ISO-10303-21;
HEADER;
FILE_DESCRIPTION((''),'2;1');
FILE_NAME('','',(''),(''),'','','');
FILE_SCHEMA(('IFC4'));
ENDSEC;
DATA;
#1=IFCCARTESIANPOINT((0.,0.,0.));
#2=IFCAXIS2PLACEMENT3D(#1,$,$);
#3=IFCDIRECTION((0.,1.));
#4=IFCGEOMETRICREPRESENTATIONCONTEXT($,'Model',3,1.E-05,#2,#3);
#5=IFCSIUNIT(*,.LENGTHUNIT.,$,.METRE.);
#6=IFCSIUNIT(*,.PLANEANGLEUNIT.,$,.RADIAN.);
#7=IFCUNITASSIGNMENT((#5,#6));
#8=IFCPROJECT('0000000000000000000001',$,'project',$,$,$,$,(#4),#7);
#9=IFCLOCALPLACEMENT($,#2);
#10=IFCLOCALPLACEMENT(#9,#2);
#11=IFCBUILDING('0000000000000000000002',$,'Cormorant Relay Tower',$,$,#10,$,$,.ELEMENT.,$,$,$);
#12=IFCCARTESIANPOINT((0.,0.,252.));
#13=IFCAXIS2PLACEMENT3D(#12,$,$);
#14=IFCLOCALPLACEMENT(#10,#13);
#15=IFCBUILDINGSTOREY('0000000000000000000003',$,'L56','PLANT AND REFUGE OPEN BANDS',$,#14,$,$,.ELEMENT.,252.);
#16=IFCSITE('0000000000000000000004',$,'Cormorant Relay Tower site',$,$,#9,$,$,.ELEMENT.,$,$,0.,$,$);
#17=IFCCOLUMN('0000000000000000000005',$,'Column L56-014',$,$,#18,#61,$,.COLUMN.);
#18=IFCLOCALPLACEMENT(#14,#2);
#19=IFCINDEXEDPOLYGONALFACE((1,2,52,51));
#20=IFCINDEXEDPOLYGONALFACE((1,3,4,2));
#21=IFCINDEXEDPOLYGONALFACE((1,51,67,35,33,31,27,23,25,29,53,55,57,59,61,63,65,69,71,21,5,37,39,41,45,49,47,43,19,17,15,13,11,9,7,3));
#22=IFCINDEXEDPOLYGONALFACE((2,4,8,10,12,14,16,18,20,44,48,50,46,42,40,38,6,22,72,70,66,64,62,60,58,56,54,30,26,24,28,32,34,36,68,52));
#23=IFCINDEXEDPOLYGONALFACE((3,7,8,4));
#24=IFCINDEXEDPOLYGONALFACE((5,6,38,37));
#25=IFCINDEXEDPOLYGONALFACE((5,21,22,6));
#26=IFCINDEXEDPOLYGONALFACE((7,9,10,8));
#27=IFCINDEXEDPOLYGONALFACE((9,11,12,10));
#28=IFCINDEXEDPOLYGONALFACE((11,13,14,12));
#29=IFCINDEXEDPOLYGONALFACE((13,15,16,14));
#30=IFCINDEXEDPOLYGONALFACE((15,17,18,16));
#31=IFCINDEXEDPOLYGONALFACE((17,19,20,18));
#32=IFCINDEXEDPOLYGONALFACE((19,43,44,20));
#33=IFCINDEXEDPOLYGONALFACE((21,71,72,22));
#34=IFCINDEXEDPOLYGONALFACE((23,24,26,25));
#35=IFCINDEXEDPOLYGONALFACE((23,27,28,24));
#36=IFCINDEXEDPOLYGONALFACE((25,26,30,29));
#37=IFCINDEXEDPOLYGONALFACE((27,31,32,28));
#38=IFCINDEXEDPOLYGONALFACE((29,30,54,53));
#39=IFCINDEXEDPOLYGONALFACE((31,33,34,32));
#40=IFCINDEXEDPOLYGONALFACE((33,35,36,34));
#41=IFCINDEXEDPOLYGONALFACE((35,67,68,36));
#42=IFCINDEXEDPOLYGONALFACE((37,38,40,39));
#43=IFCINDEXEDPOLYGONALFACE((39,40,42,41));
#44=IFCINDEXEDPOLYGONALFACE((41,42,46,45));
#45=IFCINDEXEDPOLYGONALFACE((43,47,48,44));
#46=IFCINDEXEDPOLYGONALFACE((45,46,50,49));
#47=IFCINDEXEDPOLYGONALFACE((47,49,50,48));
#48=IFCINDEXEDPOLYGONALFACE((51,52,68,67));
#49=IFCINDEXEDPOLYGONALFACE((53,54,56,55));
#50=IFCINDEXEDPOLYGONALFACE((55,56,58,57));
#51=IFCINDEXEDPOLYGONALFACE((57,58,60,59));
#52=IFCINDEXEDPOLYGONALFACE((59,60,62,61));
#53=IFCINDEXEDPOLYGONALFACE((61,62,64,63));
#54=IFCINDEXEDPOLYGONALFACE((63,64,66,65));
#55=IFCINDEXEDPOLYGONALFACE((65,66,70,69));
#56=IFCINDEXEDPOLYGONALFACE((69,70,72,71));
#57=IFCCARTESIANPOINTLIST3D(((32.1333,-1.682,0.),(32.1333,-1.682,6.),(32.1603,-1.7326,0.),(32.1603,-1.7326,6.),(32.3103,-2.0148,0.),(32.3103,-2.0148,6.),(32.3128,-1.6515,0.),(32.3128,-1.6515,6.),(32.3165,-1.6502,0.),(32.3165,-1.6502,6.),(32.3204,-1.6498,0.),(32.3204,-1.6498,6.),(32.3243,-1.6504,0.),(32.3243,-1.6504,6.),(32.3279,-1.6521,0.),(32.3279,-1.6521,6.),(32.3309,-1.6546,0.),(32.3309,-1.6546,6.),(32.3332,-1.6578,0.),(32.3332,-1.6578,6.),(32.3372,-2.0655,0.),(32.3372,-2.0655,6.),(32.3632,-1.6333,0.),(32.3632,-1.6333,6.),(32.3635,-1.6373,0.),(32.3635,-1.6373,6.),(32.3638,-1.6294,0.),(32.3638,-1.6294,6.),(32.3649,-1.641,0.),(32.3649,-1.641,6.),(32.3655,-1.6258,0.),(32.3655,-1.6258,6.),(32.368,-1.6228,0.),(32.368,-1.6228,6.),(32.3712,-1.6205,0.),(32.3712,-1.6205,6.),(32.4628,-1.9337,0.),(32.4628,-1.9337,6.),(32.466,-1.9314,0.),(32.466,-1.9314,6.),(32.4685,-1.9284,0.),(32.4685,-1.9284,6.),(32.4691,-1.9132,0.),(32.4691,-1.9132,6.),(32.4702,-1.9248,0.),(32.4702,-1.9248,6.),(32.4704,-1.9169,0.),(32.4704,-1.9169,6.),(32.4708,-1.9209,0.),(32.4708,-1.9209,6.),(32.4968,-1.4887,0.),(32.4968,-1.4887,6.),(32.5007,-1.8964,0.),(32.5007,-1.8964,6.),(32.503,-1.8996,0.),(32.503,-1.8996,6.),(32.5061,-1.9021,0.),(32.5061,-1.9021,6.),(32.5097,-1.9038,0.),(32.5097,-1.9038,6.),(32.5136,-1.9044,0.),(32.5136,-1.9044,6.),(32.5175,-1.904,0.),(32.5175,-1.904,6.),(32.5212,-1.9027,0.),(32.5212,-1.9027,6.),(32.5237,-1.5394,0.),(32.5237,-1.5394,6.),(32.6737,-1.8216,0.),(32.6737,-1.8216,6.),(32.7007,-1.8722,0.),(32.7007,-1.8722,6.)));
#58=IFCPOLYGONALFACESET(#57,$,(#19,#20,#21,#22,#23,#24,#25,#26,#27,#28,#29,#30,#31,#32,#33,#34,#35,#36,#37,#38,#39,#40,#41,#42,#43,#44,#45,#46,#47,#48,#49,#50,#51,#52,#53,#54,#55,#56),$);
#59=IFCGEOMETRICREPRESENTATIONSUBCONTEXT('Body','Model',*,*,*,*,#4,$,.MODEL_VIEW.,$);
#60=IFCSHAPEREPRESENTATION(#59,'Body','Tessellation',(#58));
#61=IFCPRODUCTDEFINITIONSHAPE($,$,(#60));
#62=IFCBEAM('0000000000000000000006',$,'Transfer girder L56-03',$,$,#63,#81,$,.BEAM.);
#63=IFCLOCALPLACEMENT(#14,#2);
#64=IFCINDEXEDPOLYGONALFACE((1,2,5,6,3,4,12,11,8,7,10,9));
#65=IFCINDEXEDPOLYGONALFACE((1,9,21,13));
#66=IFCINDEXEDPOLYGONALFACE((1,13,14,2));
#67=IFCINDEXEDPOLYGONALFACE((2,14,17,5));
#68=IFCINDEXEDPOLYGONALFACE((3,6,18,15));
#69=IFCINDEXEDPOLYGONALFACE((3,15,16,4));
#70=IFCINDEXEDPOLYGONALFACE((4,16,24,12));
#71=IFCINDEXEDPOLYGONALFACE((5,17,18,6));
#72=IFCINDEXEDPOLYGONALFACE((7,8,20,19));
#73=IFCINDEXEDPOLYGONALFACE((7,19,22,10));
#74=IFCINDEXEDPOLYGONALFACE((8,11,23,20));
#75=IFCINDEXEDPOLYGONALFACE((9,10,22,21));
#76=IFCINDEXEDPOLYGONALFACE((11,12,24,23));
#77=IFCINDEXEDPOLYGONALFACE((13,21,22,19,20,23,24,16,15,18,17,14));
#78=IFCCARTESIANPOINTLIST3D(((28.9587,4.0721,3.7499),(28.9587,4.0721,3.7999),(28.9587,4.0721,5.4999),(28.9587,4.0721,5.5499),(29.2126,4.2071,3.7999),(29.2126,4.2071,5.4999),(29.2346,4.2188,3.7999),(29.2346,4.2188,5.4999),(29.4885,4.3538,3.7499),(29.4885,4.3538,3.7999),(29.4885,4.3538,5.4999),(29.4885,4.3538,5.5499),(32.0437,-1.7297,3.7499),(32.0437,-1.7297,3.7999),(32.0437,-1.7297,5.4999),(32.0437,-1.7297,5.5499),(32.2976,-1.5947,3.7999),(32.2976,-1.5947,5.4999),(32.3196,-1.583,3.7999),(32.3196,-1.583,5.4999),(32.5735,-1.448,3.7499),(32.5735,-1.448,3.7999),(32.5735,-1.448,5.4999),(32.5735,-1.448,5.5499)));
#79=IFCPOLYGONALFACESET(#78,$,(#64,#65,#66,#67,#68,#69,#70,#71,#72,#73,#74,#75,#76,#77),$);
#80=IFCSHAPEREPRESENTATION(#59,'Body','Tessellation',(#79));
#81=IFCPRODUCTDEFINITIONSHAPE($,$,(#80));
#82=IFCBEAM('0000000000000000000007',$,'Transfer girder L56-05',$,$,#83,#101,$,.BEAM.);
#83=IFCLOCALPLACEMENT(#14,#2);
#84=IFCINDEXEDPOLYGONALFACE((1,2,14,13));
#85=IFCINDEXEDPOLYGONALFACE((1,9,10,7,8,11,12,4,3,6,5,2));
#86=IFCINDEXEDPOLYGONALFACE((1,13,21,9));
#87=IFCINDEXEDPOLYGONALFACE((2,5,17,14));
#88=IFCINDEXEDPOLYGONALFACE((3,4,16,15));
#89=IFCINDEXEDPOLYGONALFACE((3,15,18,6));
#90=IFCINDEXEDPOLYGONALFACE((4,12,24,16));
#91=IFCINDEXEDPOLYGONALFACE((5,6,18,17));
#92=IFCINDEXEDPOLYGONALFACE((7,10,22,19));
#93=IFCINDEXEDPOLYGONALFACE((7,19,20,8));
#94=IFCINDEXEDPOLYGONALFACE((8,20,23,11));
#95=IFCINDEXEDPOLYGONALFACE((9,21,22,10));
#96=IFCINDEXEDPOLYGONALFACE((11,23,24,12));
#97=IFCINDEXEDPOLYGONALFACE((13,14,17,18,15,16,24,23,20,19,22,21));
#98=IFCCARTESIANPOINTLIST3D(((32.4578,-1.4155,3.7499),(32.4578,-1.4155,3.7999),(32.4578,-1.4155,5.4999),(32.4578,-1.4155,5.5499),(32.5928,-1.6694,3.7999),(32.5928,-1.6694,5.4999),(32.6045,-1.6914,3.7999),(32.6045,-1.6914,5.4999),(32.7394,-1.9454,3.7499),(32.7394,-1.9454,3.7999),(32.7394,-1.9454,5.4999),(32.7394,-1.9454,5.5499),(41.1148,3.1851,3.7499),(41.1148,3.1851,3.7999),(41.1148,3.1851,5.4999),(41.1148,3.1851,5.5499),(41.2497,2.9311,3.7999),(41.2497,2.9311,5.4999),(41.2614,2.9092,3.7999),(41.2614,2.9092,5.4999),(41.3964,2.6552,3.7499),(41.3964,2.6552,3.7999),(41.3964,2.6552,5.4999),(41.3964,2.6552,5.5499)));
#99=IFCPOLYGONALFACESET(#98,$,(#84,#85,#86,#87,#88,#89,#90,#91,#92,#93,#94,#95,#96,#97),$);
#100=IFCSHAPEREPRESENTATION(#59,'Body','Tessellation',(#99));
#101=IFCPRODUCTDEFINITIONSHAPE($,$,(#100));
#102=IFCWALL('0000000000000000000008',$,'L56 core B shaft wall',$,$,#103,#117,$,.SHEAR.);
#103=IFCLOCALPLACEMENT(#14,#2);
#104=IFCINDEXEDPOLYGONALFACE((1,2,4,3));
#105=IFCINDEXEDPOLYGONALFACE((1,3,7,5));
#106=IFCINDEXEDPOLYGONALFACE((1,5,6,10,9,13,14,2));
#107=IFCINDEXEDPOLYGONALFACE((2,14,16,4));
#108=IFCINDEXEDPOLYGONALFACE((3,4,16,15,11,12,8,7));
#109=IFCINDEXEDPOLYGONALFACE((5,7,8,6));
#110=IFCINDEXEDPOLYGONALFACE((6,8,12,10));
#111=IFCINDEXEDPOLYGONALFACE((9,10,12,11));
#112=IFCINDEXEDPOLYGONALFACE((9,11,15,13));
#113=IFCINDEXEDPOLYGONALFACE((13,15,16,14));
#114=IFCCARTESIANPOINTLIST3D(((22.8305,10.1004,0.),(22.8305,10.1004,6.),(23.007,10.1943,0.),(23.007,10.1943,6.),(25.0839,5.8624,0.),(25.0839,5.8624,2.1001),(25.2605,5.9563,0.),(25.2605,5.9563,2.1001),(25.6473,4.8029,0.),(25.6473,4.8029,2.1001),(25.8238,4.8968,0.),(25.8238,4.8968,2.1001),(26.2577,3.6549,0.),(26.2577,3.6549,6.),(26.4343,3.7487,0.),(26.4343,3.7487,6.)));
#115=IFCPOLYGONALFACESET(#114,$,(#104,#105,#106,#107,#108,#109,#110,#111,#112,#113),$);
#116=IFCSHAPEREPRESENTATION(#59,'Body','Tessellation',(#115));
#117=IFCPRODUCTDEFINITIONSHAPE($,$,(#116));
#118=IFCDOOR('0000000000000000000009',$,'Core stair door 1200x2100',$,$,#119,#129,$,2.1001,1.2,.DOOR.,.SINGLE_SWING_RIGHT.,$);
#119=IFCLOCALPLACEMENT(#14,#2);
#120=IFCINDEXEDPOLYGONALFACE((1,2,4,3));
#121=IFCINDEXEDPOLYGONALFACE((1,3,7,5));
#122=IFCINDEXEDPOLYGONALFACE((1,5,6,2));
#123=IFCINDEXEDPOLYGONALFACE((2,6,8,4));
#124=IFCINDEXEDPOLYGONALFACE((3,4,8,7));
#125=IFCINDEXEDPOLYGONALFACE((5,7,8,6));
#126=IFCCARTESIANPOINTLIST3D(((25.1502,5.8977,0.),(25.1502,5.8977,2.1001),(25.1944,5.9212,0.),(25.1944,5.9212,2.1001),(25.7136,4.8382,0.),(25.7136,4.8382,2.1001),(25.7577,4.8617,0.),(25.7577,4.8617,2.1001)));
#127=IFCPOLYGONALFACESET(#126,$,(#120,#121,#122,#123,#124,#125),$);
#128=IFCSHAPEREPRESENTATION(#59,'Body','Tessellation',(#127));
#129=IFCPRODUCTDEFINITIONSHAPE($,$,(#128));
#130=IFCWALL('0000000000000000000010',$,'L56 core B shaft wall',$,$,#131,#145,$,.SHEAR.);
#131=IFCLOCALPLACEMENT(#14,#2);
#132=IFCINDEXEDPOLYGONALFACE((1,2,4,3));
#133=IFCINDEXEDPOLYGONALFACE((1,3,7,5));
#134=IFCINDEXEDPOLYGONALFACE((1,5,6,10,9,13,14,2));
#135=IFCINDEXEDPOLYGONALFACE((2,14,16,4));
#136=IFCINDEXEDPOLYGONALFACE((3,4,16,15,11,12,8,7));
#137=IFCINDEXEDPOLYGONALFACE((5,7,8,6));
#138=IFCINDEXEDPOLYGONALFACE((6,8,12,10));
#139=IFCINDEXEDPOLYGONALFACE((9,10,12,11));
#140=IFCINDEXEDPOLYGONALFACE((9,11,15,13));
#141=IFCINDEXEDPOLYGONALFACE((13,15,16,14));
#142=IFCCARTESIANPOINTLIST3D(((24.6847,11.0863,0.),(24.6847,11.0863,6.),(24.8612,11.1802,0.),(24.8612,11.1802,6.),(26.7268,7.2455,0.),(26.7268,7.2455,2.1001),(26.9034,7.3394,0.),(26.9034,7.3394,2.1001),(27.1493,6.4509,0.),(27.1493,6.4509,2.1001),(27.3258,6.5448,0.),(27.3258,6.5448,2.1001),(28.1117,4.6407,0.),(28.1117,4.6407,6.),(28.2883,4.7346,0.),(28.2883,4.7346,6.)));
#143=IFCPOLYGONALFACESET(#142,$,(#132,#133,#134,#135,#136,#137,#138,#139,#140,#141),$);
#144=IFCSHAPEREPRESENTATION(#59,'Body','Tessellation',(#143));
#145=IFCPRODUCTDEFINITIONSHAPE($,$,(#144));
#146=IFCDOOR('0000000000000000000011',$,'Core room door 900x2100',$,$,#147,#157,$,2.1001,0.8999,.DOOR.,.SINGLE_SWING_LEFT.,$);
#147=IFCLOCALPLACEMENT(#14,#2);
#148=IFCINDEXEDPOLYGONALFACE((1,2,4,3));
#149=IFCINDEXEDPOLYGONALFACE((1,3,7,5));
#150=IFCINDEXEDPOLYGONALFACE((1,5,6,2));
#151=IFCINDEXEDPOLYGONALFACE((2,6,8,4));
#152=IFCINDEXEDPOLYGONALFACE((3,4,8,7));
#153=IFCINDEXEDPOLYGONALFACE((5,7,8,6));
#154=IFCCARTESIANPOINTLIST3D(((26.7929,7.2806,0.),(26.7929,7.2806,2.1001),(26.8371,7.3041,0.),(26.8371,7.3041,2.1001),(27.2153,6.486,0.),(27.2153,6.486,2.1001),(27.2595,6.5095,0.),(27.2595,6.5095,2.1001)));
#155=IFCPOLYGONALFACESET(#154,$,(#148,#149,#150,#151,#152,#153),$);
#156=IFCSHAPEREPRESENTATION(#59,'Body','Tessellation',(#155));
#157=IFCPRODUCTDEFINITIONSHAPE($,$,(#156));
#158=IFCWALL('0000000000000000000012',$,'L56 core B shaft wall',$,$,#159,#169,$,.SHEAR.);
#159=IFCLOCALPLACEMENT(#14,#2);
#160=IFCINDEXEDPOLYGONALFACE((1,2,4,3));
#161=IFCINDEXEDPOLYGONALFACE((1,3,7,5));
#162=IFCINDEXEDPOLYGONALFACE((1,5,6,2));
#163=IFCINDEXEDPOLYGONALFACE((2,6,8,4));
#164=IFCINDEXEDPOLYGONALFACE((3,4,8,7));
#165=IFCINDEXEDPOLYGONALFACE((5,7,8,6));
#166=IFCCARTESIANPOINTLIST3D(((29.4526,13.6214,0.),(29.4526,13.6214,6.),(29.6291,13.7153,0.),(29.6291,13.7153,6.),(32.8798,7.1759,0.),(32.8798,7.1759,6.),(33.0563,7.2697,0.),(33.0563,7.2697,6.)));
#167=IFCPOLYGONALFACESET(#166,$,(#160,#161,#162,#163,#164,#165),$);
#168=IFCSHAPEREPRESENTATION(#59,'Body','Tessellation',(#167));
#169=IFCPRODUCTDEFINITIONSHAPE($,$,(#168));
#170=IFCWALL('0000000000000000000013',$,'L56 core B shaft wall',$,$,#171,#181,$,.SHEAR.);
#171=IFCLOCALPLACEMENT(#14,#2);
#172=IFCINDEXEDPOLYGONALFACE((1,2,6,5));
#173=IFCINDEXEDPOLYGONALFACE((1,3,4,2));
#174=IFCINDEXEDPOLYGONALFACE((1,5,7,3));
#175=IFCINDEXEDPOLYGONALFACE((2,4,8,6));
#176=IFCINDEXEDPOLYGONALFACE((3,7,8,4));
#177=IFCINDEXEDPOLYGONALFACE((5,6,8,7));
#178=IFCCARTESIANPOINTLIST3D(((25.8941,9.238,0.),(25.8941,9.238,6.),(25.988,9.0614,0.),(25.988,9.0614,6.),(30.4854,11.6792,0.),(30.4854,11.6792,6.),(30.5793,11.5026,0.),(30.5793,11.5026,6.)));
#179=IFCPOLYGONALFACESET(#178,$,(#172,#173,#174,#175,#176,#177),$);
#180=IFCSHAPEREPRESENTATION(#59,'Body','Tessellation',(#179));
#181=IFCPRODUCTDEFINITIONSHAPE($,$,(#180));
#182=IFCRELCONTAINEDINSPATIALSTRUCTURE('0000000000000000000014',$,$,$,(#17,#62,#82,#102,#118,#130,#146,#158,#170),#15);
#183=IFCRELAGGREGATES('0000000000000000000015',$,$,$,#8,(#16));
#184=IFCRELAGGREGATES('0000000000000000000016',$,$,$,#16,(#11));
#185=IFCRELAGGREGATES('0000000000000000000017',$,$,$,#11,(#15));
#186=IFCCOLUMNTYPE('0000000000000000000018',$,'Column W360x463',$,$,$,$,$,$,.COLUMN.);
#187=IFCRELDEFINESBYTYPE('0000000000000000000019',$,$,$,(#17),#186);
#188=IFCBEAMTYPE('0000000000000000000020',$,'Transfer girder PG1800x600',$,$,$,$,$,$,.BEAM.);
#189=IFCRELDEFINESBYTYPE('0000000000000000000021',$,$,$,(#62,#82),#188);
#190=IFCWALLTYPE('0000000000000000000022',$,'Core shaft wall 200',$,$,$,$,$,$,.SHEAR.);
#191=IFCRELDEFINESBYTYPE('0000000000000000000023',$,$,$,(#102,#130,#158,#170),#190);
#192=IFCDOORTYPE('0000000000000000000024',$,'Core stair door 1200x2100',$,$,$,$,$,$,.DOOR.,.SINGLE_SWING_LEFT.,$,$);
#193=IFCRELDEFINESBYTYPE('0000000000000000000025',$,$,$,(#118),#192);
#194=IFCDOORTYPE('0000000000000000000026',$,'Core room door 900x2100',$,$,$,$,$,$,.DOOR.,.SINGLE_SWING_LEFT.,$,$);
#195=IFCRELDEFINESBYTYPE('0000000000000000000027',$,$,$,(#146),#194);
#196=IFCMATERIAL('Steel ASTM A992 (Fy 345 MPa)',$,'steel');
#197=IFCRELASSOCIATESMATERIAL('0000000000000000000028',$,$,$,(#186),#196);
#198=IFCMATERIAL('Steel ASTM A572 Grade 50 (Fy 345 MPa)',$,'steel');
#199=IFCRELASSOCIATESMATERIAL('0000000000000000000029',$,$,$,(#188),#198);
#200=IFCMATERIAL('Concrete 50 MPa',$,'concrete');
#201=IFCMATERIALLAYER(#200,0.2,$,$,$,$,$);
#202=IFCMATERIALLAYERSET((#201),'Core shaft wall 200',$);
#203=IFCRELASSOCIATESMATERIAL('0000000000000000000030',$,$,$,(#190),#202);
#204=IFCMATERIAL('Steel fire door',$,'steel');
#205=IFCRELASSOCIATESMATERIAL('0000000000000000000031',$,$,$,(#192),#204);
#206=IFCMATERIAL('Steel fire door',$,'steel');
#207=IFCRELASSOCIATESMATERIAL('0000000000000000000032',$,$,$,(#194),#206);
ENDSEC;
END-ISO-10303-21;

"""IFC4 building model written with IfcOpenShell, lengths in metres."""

from ifc_helpers import new_model, si_unit, direction, frame, frame_2d, origin, origin_2d, place, context, subcontext, project, spatial, rectangle, i_section, extrude, material, layer, layer_set, material_profile, profile_set, type_object, element, fill, save


model = new_model("IFC4")

# Units and contexts
model_context = context("Model", 3, precision=1e-05, world=origin(), true_north=direction((0.0, 1.0)))
body_context = subcontext(model_context, "Body", "Model", "MODEL_VIEW")
ifc_project = project(units=[si_unit("LENGTHUNIT", "METRE"), si_unit("PLANEANGLEUNIT", "RADIAN")], contexts=[model_context])

# Site, building, storey
site_placement = place(None, origin())
site = spatial("IfcSite", under=ifc_project, at=site_placement, Name="Cormorant Relay Tower site", CompositionType="ELEMENT", RefElevation=0.0)
building_placement = place(site_placement, origin())
building = spatial("IfcBuilding", under=site, at=building_placement, Name="Cormorant Relay Tower", CompositionType="ELEMENT")
storey_placement = place(building_placement, frame((0.0, 0.0, 252.0)))
storey = spatial("IfcBuildingStorey", under=building, at=storey_placement, Name="L56", Description="PLANT AND REFUGE OPEN BANDS", CompositionType="ELEMENT", Elevation=252.0)

# Column
ifc_material_1 = material(Name="Steel ASTM A992 (Fy 345 MPa)", Category="steel")
ifc_material_profile_1 = material_profile(ifc_material_1, i_section(OverallWidth=0.4116, OverallDepth=0.4343, WebThickness=0.0359, FlangeThickness=0.0574, FilletRadius=0.0151, at=origin_2d()), Name="W360x463")
ifc_profile_set_1 = profile_set([ifc_material_profile_1], Name="Steel ASTM A992 (Fy 345 MPa)")
column_type = type_object("IfcColumnType", Name="Column W360x463", PredefinedType="COLUMN", material=ifc_profile_set_1)
column_placement = place(storey_placement, frame((32.417, -1.7771, 0.0), z_axis=(0.0, 0.0, 1.0), x_axis=(0.882948, 0.469472, 0.0)))
element("IfcColumn", 1, at=column_placement, inside=storey, type_object=column_type, Name="Column L56-014", PredefinedType="COLUMN", context=body_context, shape_type="SweptSolid", body=[
    extrude(i_section(OverallWidth=0.4116, OverallDepth=0.4343, WebThickness=0.0359, FlangeThickness=0.0574, FilletRadius=0.0151, at=origin_2d()), origin(), (0.0, 0.0, 1.0), 6.0),
])

# Beams
ifc_material_2 = material(Name="Steel ASTM A572 Grade 50 (Fy 345 MPa)", Category="steel")
ifc_material_profile_2 = material_profile(ifc_material_2, i_section(OverallWidth=0.6001, OverallDepth=1.8, WebThickness=0.0249, FlangeThickness=0.05, at=origin_2d()), Name="PG1800x600")
ifc_profile_set_2 = profile_set([ifc_material_profile_2], Name="Steel ASTM A572 Grade 50 (Fy 345 MPa)")
beam_type = type_object("IfcBeamType", Name="Transfer girder PG1800x600", PredefinedType="BEAM", material=ifc_profile_set_2)
beam_1_placement = place(storey_placement, frame((32.3086, -1.5889, 4.6499), z_axis=(-0.469485, 0.882941, 0.0), x_axis=(-0.882941, -0.469485, 0.0)))
element("IfcBeam", 2, at=beam_1_placement, inside=storey, type_object=beam_type, Name="Transfer girder L56-03", PredefinedType="BEAM", context=body_context, shape_type="SweptSolid", body=[
    extrude(i_section(OverallWidth=0.6001, OverallDepth=1.8, WebThickness=0.0249, FlangeThickness=0.05, at=origin_2d()), origin(), (0.0, 0.0, 1.0), 6.571),
])
beam_2_placement = place(storey_placement, frame((32.5986, -1.6804, 4.6499), z_axis=(0.88305, 0.46928, 0.0), x_axis=(-0.46928, 0.88305, 0.0)))
element("IfcBeam", 3, at=beam_2_placement, inside=storey, type_object=beam_type, Name="Transfer girder L56-05", PredefinedType="BEAM", context=body_context, shape_type="SweptSolid", body=[
    extrude(i_section(OverallWidth=0.6001, OverallDepth=1.8, WebThickness=0.0249, FlangeThickness=0.05, at=origin_2d()), origin(), (0.0, 0.0, 1.0), 9.8035),
])

# Walls, openings, doors
ifc_material_3 = material(Name="Concrete 50 MPa", Category="concrete")
ifc_layer_1 = layer(ifc_material_3, 0.2)
ifc_layer_set_1 = layer_set([ifc_layer_1], Name="Core shaft wall 200")
wall_type_1 = type_object("IfcWallType", Name="Core shaft wall 200", PredefinedType="SHEAR", material=ifc_layer_set_1)
wall_1_placement = place(storey_placement, frame((26.3459, 3.7019, 0.0), z_axis=(0.0, 0.0, 1.0), x_axis=(-0.46948, 0.882943, 0.0)))
wall_1 = element("IfcWall", 4, at=wall_1_placement, inside=storey, type_object=wall_type_1, Name="L56 core B shaft wall", PredefinedType="SHEAR", context=body_context, shape_type="SweptSolid", body=[
    extrude(rectangle(XDim=7.3, YDim=0.2, at=frame_2d((3.6499, 0.0))), origin(), (0.0, 0.0, 1.0), 6.0),
])
opening_1_placement = place(wall_1_placement, frame((1.3, 0.0, 0.0)))
opening_1 = element("IfcOpeningElement", 5, at=opening_1_placement, cuts=wall_1, PredefinedType="OPENING", context=body_context, shape_type="SweptSolid", body=[
    extrude(rectangle(XDim=1.2, YDim=2.1001, at=frame_2d((0.6001, 1.05))), frame((0.0, 0.1099, 0.0), z_axis=(0.0, -1.0, 0.0), x_axis=(1.0, 0.0, 0.0)), (0.0, 0.0, 1.0), 0.22),
])
ifc_material_4 = material(Name="Steel fire door", Category="steel")
door_type_1 = type_object("IfcDoorType", Name="Core stair door 1200x2100", OperationType="SINGLE_SWING_LEFT", PredefinedType="DOOR", material=ifc_material_4)
door_1_placement = place(opening_1_placement, origin())
door_1 = element("IfcDoor", 6, at=door_1_placement, inside=storey, type_object=door_type_1, Name="Core stair door 1200x2100", OperationType="SINGLE_SWING_RIGHT", OverallHeight=2.1001, OverallWidth=1.2, PredefinedType="DOOR", context=body_context, shape_type="SweptSolid", body=[
    extrude(rectangle(XDim=1.2, YDim=2.1001, at=frame_2d((0.6001, 1.05))), frame((0.0, 0.0249, 0.0), z_axis=(0.0, -1.0, 0.0), x_axis=(1.0, 0.0, 0.0)), (0.0, 0.0, 1.0), 0.05),
])
fill(opening_1, door_1)
wall_2_placement = place(storey_placement, frame((28.2, 4.6877, 0.0), z_axis=(0.0, 0.0, 1.0), x_axis=(-0.469454, 0.882957, 0.0)))
wall_2 = element("IfcWall", 7, at=wall_2_placement, inside=storey, type_object=wall_type_1, Name="L56 core B shaft wall", PredefinedType="SHEAR", context=body_context, shape_type="SweptSolid", body=[
    extrude(rectangle(XDim=7.3, YDim=0.2, at=frame_2d((3.6499, 0.0))), origin(), (0.0, 0.0, 1.0), 6.0),
])
opening_2_placement = place(wall_2_placement, frame((2.05, 0.0, 0.0)))
opening_2 = element("IfcOpeningElement", 8, at=opening_2_placement, cuts=wall_2, PredefinedType="OPENING", context=body_context, shape_type="SweptSolid", body=[
    extrude(rectangle(XDim=0.8999, YDim=2.1001, at=frame_2d((0.45, 1.05))), frame((0.0, 0.1099, 0.0), z_axis=(0.0, -1.0, 0.0), x_axis=(1.0, 0.0, 0.0)), (0.0, 0.0, 1.0), 0.22),
])
ifc_material_5 = material(Name="Steel fire door", Category="steel")
door_type_2 = type_object("IfcDoorType", Name="Core room door 900x2100", OperationType="SINGLE_SWING_LEFT", PredefinedType="DOOR", material=ifc_material_5)
door_2_placement = place(opening_2_placement, frame((0.8999, 0.0, 0.0), z_axis=(0.0, 0.0, 1.0), x_axis=(-1.0, 0.0, 0.0)))
door_2 = element("IfcDoor", 9, at=door_2_placement, inside=storey, type_object=door_type_2, Name="Core room door 900x2100", OperationType="SINGLE_SWING_LEFT", OverallHeight=2.1001, OverallWidth=0.8999, PredefinedType="DOOR", context=body_context, shape_type="SweptSolid", body=[
    extrude(rectangle(XDim=0.8999, YDim=2.1001, at=frame_2d((0.45, 1.05))), frame((0.0, 0.0249, 0.0), z_axis=(0.0, -1.0, 0.0), x_axis=(1.0, 0.0, 0.0)), (0.0, 0.0, 1.0), 0.05),
])
fill(opening_2, door_2)

# Wall
wall_3_placement = place(storey_placement, frame((32.968, 7.2229, 0.0), z_axis=(0.0, 0.0, 1.0), x_axis=(-0.46948, 0.882943, 0.0)))
element("IfcWall", 10, at=wall_3_placement, inside=storey, type_object=wall_type_1, Name="L56 core B shaft wall", PredefinedType="SHEAR", context=body_context, shape_type="SweptSolid", body=[
    extrude(rectangle(XDim=7.3, YDim=0.2, at=frame_2d((3.6499, 0.0))), origin(), (0.0, 0.0, 1.0), 6.0),
])

# Wall
wall_4_placement = place(storey_placement, frame((25.9409, 9.1497, 0.0), z_axis=(0.0, 0.0, 1.0), x_axis=(0.882954, 0.46946, 0.0)))
element("IfcWall", 11, at=wall_4_placement, inside=storey, type_object=wall_type_1, Name="L56 core B shaft wall", PredefinedType="SHEAR", context=body_context, shape_type="SweptSolid", body=[
    extrude(rectangle(XDim=5.2, YDim=0.2, at=frame_2d((2.6001, 0.0))), origin(), (0.0, 0.0, 1.0), 6.0),
])

save(model, "model.ifc")
